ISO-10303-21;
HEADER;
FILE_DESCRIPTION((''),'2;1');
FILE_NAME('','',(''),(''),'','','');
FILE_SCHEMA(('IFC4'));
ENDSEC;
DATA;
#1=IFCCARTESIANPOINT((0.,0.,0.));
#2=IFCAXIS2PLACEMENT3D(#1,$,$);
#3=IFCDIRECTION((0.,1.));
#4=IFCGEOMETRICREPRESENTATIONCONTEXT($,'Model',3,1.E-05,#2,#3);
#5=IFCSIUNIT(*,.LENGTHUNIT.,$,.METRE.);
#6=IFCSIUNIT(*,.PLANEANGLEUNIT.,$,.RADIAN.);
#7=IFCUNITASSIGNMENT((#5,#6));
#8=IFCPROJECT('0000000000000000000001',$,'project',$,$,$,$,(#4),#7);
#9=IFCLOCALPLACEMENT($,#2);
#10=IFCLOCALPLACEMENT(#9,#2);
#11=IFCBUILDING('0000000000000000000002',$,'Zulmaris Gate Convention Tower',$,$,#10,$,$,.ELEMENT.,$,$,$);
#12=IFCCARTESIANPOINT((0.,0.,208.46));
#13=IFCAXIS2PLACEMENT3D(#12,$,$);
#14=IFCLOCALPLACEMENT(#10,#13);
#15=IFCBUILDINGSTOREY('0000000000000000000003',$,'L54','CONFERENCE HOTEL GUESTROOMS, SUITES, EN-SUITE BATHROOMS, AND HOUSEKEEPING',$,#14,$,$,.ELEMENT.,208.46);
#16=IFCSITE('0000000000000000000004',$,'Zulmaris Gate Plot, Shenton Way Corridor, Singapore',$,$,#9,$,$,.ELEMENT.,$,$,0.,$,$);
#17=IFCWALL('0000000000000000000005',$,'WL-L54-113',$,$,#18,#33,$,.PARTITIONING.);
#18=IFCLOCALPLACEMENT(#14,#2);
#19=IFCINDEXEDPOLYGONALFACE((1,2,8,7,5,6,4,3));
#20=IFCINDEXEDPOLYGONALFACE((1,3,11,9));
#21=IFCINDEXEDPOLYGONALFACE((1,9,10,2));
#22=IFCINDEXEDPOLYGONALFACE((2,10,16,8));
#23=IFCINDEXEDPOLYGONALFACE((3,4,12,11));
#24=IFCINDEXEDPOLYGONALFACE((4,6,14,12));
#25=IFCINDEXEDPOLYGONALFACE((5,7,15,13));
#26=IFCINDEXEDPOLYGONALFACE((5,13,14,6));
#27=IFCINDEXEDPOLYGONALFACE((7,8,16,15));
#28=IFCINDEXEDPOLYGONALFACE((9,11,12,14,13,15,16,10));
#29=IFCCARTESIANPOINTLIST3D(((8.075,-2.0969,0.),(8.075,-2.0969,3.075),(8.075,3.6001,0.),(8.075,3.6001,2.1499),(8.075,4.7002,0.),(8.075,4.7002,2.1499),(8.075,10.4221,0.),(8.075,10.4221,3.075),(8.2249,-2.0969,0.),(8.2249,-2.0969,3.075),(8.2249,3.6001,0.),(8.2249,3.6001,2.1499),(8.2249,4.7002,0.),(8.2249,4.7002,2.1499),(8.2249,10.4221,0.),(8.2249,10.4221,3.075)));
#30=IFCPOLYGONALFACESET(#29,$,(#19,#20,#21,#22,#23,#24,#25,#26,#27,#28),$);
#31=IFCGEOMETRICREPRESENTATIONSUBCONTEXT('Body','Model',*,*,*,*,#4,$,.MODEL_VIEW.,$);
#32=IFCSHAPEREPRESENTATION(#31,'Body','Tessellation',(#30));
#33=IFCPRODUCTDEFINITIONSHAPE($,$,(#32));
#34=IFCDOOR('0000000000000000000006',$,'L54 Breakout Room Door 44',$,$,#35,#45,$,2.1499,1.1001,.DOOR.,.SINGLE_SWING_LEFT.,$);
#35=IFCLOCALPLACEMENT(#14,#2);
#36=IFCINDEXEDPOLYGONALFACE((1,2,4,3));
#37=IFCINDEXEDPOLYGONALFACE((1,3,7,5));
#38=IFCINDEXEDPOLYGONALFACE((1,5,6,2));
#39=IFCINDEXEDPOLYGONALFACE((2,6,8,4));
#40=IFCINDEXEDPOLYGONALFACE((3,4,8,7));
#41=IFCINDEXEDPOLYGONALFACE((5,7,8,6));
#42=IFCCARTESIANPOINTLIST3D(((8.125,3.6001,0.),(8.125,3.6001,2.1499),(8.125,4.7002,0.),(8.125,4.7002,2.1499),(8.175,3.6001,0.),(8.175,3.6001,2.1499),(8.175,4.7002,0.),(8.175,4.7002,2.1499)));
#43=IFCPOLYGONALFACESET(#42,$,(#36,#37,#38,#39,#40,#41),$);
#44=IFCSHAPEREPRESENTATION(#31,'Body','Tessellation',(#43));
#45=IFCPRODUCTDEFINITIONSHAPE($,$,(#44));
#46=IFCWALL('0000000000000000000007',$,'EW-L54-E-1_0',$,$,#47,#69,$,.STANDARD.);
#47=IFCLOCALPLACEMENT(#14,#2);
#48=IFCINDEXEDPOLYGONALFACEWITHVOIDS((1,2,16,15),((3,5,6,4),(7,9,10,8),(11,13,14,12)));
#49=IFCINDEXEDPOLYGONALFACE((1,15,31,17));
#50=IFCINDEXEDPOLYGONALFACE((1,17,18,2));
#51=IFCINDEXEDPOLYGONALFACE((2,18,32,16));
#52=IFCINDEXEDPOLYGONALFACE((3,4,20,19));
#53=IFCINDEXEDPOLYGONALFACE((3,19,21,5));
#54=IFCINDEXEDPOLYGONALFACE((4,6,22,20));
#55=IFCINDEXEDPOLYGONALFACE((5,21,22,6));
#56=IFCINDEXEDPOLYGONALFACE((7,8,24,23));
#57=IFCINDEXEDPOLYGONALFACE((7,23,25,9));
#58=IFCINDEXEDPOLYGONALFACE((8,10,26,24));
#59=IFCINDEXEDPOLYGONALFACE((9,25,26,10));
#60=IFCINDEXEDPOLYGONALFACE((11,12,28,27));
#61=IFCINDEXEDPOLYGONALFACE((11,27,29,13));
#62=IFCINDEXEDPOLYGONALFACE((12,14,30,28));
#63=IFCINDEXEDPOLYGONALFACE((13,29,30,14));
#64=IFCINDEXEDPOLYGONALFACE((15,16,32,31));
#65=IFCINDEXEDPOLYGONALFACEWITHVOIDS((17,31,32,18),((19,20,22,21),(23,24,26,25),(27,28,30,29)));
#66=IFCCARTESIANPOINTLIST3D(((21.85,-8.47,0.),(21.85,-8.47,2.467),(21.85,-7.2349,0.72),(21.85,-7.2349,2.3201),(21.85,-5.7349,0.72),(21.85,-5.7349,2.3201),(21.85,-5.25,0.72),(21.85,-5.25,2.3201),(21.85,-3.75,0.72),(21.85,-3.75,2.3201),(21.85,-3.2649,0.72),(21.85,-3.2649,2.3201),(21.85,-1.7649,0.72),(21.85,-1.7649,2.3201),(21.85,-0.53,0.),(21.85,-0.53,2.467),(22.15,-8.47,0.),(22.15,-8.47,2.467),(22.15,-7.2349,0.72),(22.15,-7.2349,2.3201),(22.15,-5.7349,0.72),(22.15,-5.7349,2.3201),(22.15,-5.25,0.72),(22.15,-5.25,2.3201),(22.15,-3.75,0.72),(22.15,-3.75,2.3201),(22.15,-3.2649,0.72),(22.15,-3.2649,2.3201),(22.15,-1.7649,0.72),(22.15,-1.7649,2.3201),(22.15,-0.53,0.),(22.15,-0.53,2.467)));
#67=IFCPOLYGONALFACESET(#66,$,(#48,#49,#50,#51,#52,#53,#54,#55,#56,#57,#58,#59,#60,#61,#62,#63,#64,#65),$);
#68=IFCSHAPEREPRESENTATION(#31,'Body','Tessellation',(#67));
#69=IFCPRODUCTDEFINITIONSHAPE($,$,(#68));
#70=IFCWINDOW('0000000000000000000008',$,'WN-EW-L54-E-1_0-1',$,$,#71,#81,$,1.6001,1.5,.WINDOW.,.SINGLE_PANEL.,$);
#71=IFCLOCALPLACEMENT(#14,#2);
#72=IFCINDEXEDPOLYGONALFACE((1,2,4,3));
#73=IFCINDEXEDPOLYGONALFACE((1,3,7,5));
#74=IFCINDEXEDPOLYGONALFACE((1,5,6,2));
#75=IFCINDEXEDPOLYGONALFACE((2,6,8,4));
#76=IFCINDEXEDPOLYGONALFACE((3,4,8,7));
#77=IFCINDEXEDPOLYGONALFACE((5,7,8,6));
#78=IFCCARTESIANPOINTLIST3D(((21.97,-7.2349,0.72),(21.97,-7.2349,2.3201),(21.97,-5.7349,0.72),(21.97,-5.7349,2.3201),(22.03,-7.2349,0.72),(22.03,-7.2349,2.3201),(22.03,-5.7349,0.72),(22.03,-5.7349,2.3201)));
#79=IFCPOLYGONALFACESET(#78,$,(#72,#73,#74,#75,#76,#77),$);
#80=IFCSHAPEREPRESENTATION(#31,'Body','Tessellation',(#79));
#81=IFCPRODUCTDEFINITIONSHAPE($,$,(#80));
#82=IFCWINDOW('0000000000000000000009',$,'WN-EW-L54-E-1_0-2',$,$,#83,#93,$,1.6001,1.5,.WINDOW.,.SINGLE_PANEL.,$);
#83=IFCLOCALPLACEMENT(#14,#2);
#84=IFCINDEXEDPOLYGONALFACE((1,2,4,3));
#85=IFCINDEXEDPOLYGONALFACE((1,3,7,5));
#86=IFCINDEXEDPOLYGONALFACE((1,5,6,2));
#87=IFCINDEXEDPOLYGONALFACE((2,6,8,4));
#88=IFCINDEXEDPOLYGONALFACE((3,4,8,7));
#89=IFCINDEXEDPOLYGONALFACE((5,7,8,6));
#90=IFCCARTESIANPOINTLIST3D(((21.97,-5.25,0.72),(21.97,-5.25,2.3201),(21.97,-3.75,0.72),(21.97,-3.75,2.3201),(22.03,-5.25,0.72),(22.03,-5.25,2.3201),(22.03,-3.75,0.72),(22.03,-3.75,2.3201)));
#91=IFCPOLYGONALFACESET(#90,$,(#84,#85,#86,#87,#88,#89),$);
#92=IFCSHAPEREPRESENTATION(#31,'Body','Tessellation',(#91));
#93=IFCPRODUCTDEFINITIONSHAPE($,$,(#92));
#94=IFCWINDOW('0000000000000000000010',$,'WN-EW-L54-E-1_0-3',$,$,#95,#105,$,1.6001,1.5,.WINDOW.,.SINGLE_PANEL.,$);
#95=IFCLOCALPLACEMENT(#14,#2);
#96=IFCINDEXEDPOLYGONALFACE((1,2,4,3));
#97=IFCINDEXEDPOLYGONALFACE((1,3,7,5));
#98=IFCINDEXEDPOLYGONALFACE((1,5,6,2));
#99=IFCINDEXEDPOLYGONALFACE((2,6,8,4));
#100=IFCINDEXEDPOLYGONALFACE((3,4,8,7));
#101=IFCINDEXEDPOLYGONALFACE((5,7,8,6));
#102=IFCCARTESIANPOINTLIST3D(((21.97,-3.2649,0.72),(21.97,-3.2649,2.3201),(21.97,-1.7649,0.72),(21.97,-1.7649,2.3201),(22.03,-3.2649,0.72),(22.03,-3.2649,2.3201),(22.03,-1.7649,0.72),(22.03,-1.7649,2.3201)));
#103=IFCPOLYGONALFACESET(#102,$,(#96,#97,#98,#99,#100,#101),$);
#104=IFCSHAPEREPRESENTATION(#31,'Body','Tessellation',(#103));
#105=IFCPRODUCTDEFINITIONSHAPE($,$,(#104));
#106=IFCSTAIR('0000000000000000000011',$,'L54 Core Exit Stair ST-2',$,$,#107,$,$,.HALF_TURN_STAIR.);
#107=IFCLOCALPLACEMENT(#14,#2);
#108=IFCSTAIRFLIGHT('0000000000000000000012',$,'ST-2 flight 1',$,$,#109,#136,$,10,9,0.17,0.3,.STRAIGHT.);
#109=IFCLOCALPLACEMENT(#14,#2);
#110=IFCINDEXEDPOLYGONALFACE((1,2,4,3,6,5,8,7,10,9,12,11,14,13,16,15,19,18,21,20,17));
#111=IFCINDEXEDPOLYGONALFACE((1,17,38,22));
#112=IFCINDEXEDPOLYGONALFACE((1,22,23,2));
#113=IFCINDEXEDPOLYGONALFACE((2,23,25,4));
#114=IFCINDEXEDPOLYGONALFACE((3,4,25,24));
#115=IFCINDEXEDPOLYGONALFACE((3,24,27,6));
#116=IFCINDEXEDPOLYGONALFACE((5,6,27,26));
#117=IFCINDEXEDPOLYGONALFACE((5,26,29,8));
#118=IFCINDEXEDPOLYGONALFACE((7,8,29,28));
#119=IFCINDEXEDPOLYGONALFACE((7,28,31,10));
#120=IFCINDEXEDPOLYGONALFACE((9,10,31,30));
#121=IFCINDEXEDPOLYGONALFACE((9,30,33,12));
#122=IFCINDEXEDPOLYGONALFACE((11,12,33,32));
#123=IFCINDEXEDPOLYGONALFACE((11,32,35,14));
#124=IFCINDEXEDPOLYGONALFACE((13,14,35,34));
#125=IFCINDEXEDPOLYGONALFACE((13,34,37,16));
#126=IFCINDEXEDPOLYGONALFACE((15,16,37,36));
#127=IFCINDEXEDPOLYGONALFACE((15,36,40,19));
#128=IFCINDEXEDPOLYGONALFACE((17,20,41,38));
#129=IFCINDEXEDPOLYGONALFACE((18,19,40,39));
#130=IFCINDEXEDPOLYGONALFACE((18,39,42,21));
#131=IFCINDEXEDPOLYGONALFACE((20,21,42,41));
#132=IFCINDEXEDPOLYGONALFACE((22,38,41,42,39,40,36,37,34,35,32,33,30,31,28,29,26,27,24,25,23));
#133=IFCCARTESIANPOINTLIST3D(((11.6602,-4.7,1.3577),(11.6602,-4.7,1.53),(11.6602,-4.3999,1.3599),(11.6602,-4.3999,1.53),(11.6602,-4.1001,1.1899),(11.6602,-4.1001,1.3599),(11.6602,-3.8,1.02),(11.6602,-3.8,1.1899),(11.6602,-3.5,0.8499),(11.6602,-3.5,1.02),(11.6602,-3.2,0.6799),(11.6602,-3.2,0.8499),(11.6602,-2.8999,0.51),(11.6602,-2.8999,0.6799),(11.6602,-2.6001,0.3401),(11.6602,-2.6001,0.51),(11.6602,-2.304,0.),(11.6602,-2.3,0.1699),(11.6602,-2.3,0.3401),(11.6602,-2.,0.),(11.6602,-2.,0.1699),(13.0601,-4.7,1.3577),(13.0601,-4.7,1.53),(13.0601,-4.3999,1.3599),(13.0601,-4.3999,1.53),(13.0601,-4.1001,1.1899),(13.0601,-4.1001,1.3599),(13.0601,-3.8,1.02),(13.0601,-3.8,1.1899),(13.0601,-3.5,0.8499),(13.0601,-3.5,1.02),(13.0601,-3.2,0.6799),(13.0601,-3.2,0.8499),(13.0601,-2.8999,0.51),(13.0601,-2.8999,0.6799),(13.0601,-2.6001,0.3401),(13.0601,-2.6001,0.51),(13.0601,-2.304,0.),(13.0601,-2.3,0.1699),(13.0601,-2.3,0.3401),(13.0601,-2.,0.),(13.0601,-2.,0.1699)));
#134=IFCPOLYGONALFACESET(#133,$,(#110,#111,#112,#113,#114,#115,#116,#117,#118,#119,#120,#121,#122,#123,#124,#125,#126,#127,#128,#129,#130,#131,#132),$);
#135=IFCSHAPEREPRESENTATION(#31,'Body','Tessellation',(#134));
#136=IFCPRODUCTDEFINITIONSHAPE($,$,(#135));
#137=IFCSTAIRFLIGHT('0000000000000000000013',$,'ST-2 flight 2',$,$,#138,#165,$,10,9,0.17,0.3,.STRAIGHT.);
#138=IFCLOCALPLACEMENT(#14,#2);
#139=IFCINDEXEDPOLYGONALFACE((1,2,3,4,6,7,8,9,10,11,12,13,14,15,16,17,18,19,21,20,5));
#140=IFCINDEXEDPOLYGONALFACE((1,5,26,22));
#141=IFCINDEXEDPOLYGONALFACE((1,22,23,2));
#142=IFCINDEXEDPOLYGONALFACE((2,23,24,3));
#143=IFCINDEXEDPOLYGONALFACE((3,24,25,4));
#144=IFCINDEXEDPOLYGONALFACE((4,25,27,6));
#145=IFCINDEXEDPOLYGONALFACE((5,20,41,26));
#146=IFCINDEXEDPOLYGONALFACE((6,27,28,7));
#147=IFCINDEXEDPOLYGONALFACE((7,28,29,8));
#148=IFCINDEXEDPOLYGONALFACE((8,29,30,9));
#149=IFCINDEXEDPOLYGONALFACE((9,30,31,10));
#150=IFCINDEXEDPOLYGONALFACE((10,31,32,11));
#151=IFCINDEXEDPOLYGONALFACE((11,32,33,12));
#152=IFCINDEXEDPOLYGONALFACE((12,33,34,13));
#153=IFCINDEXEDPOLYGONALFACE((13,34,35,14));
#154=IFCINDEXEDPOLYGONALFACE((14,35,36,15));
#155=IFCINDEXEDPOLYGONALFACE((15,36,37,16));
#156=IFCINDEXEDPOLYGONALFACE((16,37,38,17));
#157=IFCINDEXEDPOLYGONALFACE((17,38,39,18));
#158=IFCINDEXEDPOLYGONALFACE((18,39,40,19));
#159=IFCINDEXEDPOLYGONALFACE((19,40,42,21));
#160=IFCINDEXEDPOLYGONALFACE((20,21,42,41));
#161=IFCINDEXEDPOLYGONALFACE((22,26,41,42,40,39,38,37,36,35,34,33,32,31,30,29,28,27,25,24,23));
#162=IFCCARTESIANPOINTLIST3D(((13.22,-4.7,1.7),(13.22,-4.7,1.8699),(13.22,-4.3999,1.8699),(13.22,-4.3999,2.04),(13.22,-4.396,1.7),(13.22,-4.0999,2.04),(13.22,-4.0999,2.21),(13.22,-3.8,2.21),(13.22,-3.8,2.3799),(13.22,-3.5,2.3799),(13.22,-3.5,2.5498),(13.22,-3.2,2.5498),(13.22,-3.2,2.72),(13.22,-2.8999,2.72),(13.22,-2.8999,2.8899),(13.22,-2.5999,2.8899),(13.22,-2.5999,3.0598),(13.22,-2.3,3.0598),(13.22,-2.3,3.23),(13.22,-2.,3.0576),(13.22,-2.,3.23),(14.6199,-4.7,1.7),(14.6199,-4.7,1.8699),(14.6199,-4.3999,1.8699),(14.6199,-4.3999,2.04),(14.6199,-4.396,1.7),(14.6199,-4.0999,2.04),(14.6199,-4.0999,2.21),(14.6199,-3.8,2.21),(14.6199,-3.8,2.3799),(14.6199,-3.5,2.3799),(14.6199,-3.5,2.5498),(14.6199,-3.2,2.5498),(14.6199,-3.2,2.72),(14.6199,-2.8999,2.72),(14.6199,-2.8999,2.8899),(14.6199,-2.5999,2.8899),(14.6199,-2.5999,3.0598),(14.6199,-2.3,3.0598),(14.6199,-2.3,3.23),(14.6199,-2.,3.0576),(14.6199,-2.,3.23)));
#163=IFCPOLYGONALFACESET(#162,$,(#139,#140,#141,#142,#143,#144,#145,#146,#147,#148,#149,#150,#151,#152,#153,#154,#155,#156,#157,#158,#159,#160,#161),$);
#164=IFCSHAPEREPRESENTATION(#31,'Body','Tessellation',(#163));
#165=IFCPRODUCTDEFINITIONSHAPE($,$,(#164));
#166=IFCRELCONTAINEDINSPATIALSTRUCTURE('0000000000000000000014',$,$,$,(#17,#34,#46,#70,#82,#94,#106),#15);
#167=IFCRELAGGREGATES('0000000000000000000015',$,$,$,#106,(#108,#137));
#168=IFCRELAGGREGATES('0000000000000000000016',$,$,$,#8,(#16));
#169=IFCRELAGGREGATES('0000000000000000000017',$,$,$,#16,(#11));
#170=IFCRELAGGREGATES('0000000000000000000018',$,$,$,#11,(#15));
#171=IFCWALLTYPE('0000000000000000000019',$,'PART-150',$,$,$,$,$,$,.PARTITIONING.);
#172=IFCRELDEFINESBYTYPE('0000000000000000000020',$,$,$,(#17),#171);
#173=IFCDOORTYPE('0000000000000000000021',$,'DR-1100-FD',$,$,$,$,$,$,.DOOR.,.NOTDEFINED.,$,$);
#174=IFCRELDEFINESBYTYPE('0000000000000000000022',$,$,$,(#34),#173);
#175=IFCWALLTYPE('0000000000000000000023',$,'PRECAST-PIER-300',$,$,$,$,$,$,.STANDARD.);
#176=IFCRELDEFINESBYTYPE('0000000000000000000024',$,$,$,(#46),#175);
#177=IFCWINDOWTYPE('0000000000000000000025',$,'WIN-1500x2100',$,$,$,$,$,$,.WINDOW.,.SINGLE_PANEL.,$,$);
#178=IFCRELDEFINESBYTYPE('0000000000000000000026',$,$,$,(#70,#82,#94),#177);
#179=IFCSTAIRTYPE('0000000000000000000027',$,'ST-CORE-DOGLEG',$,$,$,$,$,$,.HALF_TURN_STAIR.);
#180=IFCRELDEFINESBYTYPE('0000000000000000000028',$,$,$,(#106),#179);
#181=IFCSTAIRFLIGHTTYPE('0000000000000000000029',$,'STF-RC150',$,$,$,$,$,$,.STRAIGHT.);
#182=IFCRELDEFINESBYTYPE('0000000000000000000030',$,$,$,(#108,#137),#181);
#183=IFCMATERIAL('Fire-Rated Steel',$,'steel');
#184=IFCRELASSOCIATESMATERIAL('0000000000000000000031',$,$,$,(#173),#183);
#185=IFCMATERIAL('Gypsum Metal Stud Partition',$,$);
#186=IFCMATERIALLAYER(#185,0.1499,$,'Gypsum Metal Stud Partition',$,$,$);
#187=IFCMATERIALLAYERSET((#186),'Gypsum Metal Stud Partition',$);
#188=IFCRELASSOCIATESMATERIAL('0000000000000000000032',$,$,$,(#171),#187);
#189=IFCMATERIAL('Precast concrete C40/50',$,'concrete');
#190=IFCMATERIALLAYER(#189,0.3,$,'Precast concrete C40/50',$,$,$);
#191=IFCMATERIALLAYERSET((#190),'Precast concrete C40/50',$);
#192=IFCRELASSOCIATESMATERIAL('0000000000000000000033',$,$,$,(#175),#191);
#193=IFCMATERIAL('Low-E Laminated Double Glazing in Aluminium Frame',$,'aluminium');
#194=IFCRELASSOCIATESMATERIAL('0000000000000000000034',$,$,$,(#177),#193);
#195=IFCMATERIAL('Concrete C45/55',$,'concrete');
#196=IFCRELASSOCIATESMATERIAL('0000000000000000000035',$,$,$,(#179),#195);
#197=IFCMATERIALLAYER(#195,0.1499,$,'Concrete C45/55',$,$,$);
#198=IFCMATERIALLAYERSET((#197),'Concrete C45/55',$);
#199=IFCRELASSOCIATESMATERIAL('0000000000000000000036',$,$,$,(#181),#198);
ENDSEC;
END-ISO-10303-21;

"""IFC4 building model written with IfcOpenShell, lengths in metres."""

from ifc_helpers import new_model, si_unit, direction, frame, frame_2d, origin, place, context, subcontext, project, spatial, polyline, rectangle, outline, extrude, material, layer, layer_set, type_object, element, fill, aggregate, save


model = new_model("IFC4")

# Units and contexts
model_context = context("Model", 3, precision=1e-05, world=origin(), true_north=direction((0.0, 1.0)))
body_context = subcontext(model_context, "Body", "Model", "MODEL_VIEW")
ifc_project = project(units=[si_unit("LENGTHUNIT", "METRE"), si_unit("PLANEANGLEUNIT", "RADIAN")], contexts=[model_context])

# Site, building, storey
site_placement = place(None, origin())
site = spatial("IfcSite", under=ifc_project, at=site_placement, Name="Zulmaris Gate Plot, Shenton Way Corridor, Singapore", CompositionType="ELEMENT", RefElevation=0.0)
building_placement = place(site_placement, origin())
building = spatial("IfcBuilding", under=site, at=building_placement, Name="Zulmaris Gate Convention Tower", CompositionType="ELEMENT")
storey_placement = place(building_placement, frame((0.0, 0.0, 208.46)))
storey = spatial("IfcBuildingStorey", under=building, at=storey_placement, Name="L54", Description="CONFERENCE HOTEL GUESTROOMS, SUITES, EN-SUITE BATHROOMS, AND HOUSEKEEPING", CompositionType="ELEMENT", Elevation=208.46)

# Shared definitions
ifc_material_1 = material(Name="Fire-Rated Steel", Category="steel")
door_type_1 = type_object("IfcDoorType", Name="DR-1100-FD", OperationType="NOTDEFINED", PredefinedType="DOOR", material=ifc_material_1)

# Wall, opening, door
ifc_material_2 = material(Name="Gypsum Metal Stud Partition")
ifc_layer_1 = layer(ifc_material_2, 0.1499, Name="Gypsum Metal Stud Partition")
ifc_layer_set_1 = layer_set([ifc_layer_1], Name="Gypsum Metal Stud Partition")
wall_type_1 = type_object("IfcWallType", Name="PART-150", PredefinedType="PARTITIONING", material=ifc_layer_set_1)
wall_1_placement = place(storey_placement, frame((8.1499, -2.0969, 0.0), z_axis=(0.0, 0.0, 1.0), x_axis=(0.0, 1.0, 0.0)))
wall_1 = element("IfcWall", 1, at=wall_1_placement, inside=storey, type_object=wall_type_1, Name="WL-L54-113", PredefinedType="PARTITIONING", context=body_context, shape_type="SweptSolid", body=[
    extrude(rectangle(XDim=12.519, YDim=0.1499, at=frame_2d((6.2595, 0.0))), origin(), (0.0, 0.0, 1.0), 3.075),
])
opening_1_placement = place(wall_1_placement, frame((5.697, 0.0, 0.0)))
opening_1 = element("IfcOpeningElement", 2, at=opening_1_placement, cuts=wall_1, PredefinedType="OPENING", context=body_context, shape_type="SweptSolid", body=[
    extrude(rectangle(XDim=1.1001, YDim=2.1499, at=frame_2d((0.55, 1.075))), frame((0.0, 0.085, 0.0), z_axis=(0.0, -1.0, 0.0), x_axis=(1.0, 0.0, 0.0)), (0.0, 0.0, 1.0), 0.1699),
])
door_1_placement = place(opening_1_placement, origin())
door_1 = element("IfcDoor", 3, at=door_1_placement, inside=storey, type_object=door_type_1, Name="L54 Breakout Room Door 44", OperationType="SINGLE_SWING_LEFT", OverallHeight=2.1499, OverallWidth=1.1001, PredefinedType="DOOR", context=body_context, shape_type="SweptSolid", body=[
    extrude(rectangle(XDim=1.1001, YDim=2.1499, at=frame_2d((0.55, 1.075))), frame((0.0, 0.0249, 0.0), z_axis=(0.0, -1.0, 0.0), x_axis=(1.0, 0.0, 0.0)), (0.0, 0.0, 1.0), 0.05),
])
fill(opening_1, door_1)

# Wall, openings, windows
ifc_material_3 = material(Name="Precast concrete C40/50", Category="concrete")
ifc_layer_2 = layer(ifc_material_3, 0.3, Name="Precast concrete C40/50")
ifc_layer_set_2 = layer_set([ifc_layer_2], Name="Precast concrete C40/50")
wall_type_2 = type_object("IfcWallType", Name="PRECAST-PIER-300", PredefinedType="STANDARD", material=ifc_layer_set_2)
wall_2_placement = place(storey_placement, frame((22.0, -8.47, 0.0), z_axis=(0.0, 0.0, 1.0), x_axis=(0.0, 1.0, 0.0)))
wall_2 = element("IfcWall", 4, at=wall_2_placement, inside=storey, type_object=wall_type_2, Name="EW-L54-E-1_0", PredefinedType="STANDARD", context=body_context, shape_type="SweptSolid", body=[
    extrude(rectangle(XDim=7.9399, YDim=0.3, at=frame_2d((3.97, 0.0))), origin(), (0.0, 0.0, 1.0), 2.467),
])
opening_2_placement = place(wall_2_placement, frame((1.2351, 0.0, 0.72)))
opening_2 = element("IfcOpeningElement", 5, at=opening_2_placement, cuts=wall_2, PredefinedType="OPENING", context=body_context, shape_type="SweptSolid", body=[
    extrude(rectangle(XDim=1.5, YDim=1.6001, at=frame_2d((0.75, 0.8))), frame((0.0, 0.1602, 0.0), z_axis=(0.0, -1.0, 0.0), x_axis=(1.0, 0.0, 0.0)), (0.0, 0.0, 1.0), 0.3201),
])
opening_3_placement = place(wall_2_placement, frame((3.22, 0.0, 0.72)))
opening_3 = element("IfcOpeningElement", 6, at=opening_3_placement, cuts=wall_2, PredefinedType="OPENING", context=body_context, shape_type="SweptSolid", body=[
    extrude(rectangle(XDim=1.5, YDim=1.6001, at=frame_2d((0.75, 0.8))), frame((0.0, 0.1602, 0.0), z_axis=(0.0, -1.0, 0.0), x_axis=(1.0, 0.0, 0.0)), (0.0, 0.0, 1.0), 0.3201),
])
opening_4_placement = place(wall_2_placement, frame((5.2051, 0.0, 0.72)))
opening_4 = element("IfcOpeningElement", 7, at=opening_4_placement, cuts=wall_2, PredefinedType="OPENING", context=body_context, shape_type="SweptSolid", body=[
    extrude(rectangle(XDim=1.5, YDim=1.6001, at=frame_2d((0.75, 0.8))), frame((0.0, 0.1602, 0.0), z_axis=(0.0, -1.0, 0.0), x_axis=(1.0, 0.0, 0.0)), (0.0, 0.0, 1.0), 0.3201),
])
ifc_material_4 = material(Name="Low-E Laminated Double Glazing in Aluminium Frame", Category="aluminium")
window_type = type_object("IfcWindowType", Name="WIN-1500x2100", PartitioningType="SINGLE_PANEL", PredefinedType="WINDOW", material=ifc_material_4)
window_1_placement = place(opening_2_placement, origin())
window_1 = element("IfcWindow", 8, at=window_1_placement, inside=storey, type_object=window_type, Name="WN-EW-L54-E-1_0-1", OverallHeight=1.6001, OverallWidth=1.5, PartitioningType="SINGLE_PANEL", PredefinedType="WINDOW", context=body_context, shape_type="SweptSolid", body=[
    extrude(rectangle(XDim=1.5, YDim=1.6001, at=frame_2d((0.75, 0.8))), frame((0.0, 0.03, 0.0), z_axis=(0.0, -1.0, 0.0), x_axis=(1.0, 0.0, 0.0)), (0.0, 0.0, 1.0), 0.0601),
])
fill(opening_2, window_1)
window_2_placement = place(opening_3_placement, origin())
window_2 = element("IfcWindow", 9, at=window_2_placement, inside=storey, type_object=window_type, Name="WN-EW-L54-E-1_0-2", OverallHeight=1.6001, OverallWidth=1.5, PartitioningType="SINGLE_PANEL", PredefinedType="WINDOW", context=body_context, shape_type="SweptSolid", body=[
    extrude(rectangle(XDim=1.5, YDim=1.6001, at=frame_2d((0.75, 0.8))), frame((0.0, 0.03, 0.0), z_axis=(0.0, -1.0, 0.0), x_axis=(1.0, 0.0, 0.0)), (0.0, 0.0, 1.0), 0.0601),
])
fill(opening_3, window_2)
window_3_placement = place(opening_4_placement, origin())
window_3 = element("IfcWindow", 10, at=window_3_placement, inside=storey, type_object=window_type, Name="WN-EW-L54-E-1_0-3", OverallHeight=1.6001, OverallWidth=1.5, PartitioningType="SINGLE_PANEL", PredefinedType="WINDOW", context=body_context, shape_type="SweptSolid", body=[
    extrude(rectangle(XDim=1.5, YDim=1.6001, at=frame_2d((0.75, 0.8))), frame((0.0, 0.03, 0.0), z_axis=(0.0, -1.0, 0.0), x_axis=(1.0, 0.0, 0.0)), (0.0, 0.0, 1.0), 0.0601),
])
fill(opening_4, window_3)

# Stair, stair flights
ifc_material_5 = material(Name="Concrete C45/55", Category="concrete")
stair_type = type_object("IfcStairType", Name="ST-CORE-DOGLEG", PredefinedType="HALF_TURN_STAIR", material=ifc_material_5)
stair_placement = place(storey_placement, origin())
stair = element("IfcStair", 11, at=stair_placement, inside=storey, type_object=stair_type, Name="L54 Core Exit Stair ST-2", PredefinedType="HALF_TURN_STAIR")
ifc_layer_3 = layer(ifc_material_5, 0.1499, Name="Concrete C45/55")
ifc_layer_set_3 = layer_set([ifc_layer_3], Name="Concrete C45/55")
stair_flight_type = type_object("IfcStairFlightType", Name="STF-RC150", PredefinedType="STRAIGHT", material=ifc_layer_set_3)
stair_flight_1_placement = place(storey_placement, frame((12.3601, -2.0, 0.0), z_axis=(0.0, 0.0, 1.0), x_axis=(0.0, -1.0, 0.0)))
stair_flight_1 = element("IfcStairFlight", 12, at=stair_flight_1_placement, type_object=stair_flight_type, Name="ST-2 flight 1", NumberOfRisers=10, NumberOfTreads=9, PredefinedType="STRAIGHT", RiserHeight=0.17, TreadLength=0.3, context=body_context, shape_type="SweptSolid", body=[
    extrude(outline(polyline([(0.0, 0.0), (0.0, 0.1699), (0.3, 0.1699), (0.3, 0.3401), (0.6001, 0.3401), (0.6001, 0.51), (0.8999, 0.51), (0.8999, 0.6799), (1.2, 0.6799), (1.2, 0.8499), (1.5, 0.8499), (1.5, 1.02), (1.8, 1.02), (1.8, 1.1899), (2.1001, 1.1899), (2.1001, 1.3599), (2.3999, 1.3599), (2.3999, 1.53), (2.7, 1.53), (2.7, 1.7), (2.7, 1.3577), (0.304, 0.0), (0.0, 0.0)])), frame((0.0, 0.7, 0.0), z_axis=(0.0, -1.0, 0.0), x_axis=(1.0, 0.0, 0.0)), (0.0, 0.0, 1.0), 1.3999),
])
stair_flight_2_placement = place(storey_placement, frame((13.9199, -4.7, 1.7), z_axis=(0.0, 0.0, 1.0), x_axis=(0.0, 1.0, 0.0)))
stair_flight_2 = element("IfcStairFlight", 13, at=stair_flight_2_placement, type_object=stair_flight_type, Name="ST-2 flight 2", NumberOfRisers=10, NumberOfTreads=9, PredefinedType="STRAIGHT", RiserHeight=0.17, TreadLength=0.3, context=body_context, shape_type="SweptSolid", body=[
    extrude(outline(polyline([(0.0, 0.0), (0.0, 0.1699), (0.3, 0.1699), (0.3, 0.3401), (0.6001, 0.3401), (0.6001, 0.51), (0.8999, 0.51), (0.8999, 0.6799), (1.2, 0.6799), (1.2, 0.8499), (1.5, 0.8499), (1.5, 1.02), (1.8, 1.02), (1.8, 1.1899), (2.1001, 1.1899), (2.1001, 1.3599), (2.3999, 1.3599), (2.3999, 1.53), (2.7, 1.53), (2.7, 1.7), (2.7, 1.3577), (0.304, 0.0), (0.0, 0.0)])), frame((0.0, 0.7, 0.0), z_axis=(0.0, -1.0, 0.0), x_axis=(1.0, 0.0, 0.0)), (0.0, 0.0, 1.0), 1.3999),
])
aggregate(stair, [stair_flight_1, stair_flight_2])

save(model, "model.ifc")
